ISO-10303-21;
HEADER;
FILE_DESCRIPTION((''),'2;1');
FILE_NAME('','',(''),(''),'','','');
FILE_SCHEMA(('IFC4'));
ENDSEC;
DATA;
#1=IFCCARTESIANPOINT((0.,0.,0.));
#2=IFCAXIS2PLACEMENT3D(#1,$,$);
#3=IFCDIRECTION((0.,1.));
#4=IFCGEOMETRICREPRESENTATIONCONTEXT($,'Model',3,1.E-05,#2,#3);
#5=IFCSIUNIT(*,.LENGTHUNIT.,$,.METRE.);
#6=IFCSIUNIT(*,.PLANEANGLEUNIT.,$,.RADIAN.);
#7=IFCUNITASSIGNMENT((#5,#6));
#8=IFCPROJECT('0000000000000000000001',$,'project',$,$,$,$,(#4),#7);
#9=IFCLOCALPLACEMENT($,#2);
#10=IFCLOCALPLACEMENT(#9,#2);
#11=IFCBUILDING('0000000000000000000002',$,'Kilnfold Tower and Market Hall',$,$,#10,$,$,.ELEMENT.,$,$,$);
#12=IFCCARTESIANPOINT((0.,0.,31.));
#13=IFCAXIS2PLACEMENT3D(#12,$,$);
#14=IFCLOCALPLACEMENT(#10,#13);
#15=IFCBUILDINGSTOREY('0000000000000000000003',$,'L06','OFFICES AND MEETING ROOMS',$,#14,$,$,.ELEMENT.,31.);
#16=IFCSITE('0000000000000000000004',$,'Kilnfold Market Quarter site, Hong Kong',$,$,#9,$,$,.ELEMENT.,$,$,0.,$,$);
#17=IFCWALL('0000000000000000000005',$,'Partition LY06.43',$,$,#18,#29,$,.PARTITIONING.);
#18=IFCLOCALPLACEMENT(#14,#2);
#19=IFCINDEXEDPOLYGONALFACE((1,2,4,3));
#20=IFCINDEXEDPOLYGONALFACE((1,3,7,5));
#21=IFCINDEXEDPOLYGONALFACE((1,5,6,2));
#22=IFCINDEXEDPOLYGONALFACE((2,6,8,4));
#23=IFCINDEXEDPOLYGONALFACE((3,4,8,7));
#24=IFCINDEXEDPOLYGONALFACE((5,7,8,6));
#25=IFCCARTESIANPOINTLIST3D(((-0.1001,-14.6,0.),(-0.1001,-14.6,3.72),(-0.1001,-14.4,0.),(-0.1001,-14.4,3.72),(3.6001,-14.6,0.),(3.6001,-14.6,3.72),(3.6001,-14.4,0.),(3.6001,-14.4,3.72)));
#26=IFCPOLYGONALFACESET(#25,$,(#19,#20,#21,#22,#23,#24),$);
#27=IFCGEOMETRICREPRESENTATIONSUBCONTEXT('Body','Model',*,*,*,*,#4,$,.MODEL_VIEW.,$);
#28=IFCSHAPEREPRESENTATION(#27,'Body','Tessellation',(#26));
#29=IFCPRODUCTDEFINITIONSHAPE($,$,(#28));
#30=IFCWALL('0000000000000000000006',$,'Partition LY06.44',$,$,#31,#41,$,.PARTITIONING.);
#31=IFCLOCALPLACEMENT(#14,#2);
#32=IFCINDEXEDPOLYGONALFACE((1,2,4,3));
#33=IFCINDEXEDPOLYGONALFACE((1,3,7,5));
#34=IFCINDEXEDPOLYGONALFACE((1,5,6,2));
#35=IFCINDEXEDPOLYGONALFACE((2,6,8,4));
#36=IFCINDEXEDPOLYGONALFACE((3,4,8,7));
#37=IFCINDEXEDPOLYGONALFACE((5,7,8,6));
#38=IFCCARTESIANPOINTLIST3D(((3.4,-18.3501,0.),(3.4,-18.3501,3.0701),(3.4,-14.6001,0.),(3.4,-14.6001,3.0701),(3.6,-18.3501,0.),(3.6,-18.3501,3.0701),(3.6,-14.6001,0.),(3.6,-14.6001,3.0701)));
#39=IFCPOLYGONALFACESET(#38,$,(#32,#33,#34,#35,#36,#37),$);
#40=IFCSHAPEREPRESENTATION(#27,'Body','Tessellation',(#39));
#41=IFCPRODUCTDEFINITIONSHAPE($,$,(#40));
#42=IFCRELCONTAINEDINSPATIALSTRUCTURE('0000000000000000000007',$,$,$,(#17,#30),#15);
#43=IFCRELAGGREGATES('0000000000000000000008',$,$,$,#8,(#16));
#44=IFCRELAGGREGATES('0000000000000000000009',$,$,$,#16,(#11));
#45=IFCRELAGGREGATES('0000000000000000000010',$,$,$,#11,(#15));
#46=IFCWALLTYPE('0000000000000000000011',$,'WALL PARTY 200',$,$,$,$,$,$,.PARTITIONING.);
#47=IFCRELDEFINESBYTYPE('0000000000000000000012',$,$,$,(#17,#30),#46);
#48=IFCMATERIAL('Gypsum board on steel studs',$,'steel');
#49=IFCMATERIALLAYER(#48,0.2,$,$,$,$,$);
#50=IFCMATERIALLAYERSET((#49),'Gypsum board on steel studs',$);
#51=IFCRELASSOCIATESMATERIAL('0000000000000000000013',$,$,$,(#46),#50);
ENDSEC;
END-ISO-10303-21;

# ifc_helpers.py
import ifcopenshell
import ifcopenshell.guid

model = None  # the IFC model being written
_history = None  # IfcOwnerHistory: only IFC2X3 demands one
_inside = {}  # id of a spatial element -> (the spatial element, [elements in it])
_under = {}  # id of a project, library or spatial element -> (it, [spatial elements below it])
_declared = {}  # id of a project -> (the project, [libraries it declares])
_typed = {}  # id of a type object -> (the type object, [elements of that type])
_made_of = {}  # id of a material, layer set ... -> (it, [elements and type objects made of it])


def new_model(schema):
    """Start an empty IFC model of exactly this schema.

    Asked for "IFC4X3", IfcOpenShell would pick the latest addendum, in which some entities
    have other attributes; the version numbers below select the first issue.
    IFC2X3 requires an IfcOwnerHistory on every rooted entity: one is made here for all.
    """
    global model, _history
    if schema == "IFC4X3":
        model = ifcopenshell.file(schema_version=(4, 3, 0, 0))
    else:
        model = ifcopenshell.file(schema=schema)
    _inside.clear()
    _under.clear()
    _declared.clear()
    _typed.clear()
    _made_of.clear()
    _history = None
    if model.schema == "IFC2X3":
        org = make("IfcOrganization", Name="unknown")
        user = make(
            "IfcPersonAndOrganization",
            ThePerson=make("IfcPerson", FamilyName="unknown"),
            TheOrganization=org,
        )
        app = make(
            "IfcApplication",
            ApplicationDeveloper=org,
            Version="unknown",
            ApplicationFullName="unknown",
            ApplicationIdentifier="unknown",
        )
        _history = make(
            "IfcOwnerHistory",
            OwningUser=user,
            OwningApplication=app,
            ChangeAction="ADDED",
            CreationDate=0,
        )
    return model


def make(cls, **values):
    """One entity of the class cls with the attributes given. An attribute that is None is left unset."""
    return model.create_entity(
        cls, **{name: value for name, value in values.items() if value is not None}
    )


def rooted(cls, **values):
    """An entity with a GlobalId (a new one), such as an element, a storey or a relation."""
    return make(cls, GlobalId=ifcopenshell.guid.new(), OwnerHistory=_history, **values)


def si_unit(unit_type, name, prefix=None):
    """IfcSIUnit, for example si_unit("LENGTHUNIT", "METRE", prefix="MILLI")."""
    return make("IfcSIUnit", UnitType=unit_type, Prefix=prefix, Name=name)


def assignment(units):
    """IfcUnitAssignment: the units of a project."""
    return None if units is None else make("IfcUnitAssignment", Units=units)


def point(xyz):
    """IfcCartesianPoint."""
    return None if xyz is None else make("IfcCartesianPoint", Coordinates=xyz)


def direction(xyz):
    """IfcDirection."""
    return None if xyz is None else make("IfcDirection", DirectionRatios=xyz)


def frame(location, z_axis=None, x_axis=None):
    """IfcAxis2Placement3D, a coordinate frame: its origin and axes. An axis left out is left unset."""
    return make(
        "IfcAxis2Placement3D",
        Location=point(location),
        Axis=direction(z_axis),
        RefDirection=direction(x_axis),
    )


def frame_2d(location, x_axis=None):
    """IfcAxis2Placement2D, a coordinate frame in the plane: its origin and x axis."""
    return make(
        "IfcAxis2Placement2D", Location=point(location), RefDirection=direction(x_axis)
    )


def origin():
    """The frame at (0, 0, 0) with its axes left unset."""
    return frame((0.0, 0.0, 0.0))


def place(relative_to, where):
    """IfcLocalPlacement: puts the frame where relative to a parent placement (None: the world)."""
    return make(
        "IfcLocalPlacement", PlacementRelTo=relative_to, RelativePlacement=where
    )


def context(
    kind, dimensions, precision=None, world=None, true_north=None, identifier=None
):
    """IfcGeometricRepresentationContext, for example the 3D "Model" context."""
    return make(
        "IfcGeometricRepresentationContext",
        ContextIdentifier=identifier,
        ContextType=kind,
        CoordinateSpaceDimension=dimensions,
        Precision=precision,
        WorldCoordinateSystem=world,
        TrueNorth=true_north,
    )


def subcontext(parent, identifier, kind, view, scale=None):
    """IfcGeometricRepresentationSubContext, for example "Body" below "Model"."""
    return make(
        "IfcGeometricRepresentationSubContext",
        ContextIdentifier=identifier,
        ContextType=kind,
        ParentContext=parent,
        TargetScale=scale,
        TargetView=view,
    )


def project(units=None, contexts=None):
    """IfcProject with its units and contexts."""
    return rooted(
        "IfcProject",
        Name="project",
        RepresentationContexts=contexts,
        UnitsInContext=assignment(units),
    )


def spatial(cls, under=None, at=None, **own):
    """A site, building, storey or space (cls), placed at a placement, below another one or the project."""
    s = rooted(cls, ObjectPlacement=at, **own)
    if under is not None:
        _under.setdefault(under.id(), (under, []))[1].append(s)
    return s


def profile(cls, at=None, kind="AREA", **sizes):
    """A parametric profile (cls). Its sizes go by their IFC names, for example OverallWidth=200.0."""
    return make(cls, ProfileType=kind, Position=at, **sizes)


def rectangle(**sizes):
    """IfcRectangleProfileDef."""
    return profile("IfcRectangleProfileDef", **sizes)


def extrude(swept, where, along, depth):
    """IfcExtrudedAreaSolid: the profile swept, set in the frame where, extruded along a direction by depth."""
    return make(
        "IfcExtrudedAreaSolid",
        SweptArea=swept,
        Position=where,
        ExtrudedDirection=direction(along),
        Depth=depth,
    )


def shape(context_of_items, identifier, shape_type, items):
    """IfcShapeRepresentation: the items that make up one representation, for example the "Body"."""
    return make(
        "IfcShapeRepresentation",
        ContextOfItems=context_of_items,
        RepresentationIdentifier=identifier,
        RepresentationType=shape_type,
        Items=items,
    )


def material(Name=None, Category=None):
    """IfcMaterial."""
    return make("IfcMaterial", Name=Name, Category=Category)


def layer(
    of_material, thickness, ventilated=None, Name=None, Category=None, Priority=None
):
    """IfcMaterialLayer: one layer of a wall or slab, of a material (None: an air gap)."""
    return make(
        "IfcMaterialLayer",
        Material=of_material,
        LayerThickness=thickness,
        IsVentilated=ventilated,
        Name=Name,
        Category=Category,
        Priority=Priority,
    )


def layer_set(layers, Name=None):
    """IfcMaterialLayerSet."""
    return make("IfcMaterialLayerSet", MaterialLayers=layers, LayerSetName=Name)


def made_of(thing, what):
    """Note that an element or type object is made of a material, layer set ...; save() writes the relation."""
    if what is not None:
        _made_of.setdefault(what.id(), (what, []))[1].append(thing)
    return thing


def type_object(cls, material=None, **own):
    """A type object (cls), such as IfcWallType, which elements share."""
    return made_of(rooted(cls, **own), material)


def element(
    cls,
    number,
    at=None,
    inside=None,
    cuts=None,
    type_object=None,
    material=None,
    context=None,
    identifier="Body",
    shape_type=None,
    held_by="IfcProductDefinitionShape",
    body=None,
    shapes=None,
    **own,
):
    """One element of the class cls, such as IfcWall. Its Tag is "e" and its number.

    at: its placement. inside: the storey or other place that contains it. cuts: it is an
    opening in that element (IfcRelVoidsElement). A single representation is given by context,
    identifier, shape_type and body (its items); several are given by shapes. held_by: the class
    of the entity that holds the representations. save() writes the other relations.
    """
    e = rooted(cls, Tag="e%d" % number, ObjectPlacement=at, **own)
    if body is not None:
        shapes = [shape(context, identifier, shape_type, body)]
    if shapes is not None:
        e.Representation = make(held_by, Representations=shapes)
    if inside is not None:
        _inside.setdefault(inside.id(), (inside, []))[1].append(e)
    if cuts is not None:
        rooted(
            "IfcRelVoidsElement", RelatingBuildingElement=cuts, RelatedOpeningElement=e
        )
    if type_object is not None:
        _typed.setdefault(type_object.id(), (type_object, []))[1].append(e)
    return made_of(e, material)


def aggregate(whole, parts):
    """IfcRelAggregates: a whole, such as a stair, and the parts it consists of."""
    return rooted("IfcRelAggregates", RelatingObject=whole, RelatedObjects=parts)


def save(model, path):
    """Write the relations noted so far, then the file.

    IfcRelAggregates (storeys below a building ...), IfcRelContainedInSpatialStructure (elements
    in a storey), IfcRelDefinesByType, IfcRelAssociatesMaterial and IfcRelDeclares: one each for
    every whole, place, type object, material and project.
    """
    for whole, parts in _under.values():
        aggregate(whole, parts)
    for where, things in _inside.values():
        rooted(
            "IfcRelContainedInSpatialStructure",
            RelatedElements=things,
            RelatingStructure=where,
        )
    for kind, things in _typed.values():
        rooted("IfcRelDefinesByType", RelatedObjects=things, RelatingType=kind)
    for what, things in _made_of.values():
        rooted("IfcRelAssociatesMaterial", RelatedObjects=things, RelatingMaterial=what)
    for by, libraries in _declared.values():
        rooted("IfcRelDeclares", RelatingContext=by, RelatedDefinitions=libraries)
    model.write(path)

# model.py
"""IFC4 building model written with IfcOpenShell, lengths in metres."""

from ifc_helpers import new_model, si_unit, direction, frame, frame_2d, origin, place, context, subcontext, project, spatial, rectangle, extrude, material, layer, layer_set, type_object, element, save


model = new_model("IFC4")

# Units and contexts
model_context = context("Model", 3, precision=1e-05, world=origin(), true_north=direction((0.0, 1.0)))
body_context = subcontext(model_context, "Body", "Model", "MODEL_VIEW")
ifc_project = project(units=[si_unit("LENGTHUNIT", "METRE"), si_unit("PLANEANGLEUNIT", "RADIAN")], contexts=[model_context])

# Site, building, storey
site_placement = place(None, origin())
site = spatial("IfcSite", under=ifc_project, at=site_placement, Name="Kilnfold Market Quarter site, Hong Kong", CompositionType="ELEMENT", RefElevation=0.0)
building_placement = place(site_placement, origin())
building = spatial("IfcBuilding", under=site, at=building_placement, Name="Kilnfold Tower and Market Hall", CompositionType="ELEMENT")
storey_placement = place(building_placement, frame((0.0, 0.0, 31.0)))
storey = spatial("IfcBuildingStorey", under=building, at=storey_placement, Name="L06", Description="OFFICES AND MEETING ROOMS", CompositionType="ELEMENT", Elevation=31.0)

# Walls
ifc_material_1 = material(Name="Gypsum board on steel studs", Category="steel")
ifc_layer_1 = layer(ifc_material_1, 0.2)
ifc_layer_set_1 = layer_set([ifc_layer_1], Name="Gypsum board on steel studs")
wall_type_1 = type_object("IfcWallType", Name="WALL PARTY 200", PredefinedType="PARTITIONING", material=ifc_layer_set_1)
wall_1_placement = place(storey_placement, frame((-0.1001, -14.5, 0.0), z_axis=(0.0, 0.0, 1.0), x_axis=(1.0, 0.0, 0.0)))
element("IfcWall", 1, at=wall_1_placement, inside=storey, type_object=wall_type_1, Name="Partition LY06.43", PredefinedType="PARTITIONING", context=body_context, shape_type="SweptSolid", body=[
    extrude(rectangle(XDim=3.7002, YDim=0.2, at=frame_2d((1.8501, 0.0))), origin(), (0.0, 0.0, 1.0), 3.72),
])
wall_2_placement = place(storey_placement, frame((3.5, -18.3501, 0.0), z_axis=(0.0, 0.0, 1.0), x_axis=(0.0, 1.0, 0.0)))
element("IfcWall", 2, at=wall_2_placement, inside=storey, type_object=wall_type_1, Name="Partition LY06.44", PredefinedType="PARTITIONING", context=body_context, shape_type="SweptSolid", body=[
    extrude(rectangle(XDim=3.75, YDim=0.2, at=frame_2d((1.875, 0.0))), origin(), (0.0, 0.0, 1.0), 3.0701),
])

save(model, "model.ifc")
